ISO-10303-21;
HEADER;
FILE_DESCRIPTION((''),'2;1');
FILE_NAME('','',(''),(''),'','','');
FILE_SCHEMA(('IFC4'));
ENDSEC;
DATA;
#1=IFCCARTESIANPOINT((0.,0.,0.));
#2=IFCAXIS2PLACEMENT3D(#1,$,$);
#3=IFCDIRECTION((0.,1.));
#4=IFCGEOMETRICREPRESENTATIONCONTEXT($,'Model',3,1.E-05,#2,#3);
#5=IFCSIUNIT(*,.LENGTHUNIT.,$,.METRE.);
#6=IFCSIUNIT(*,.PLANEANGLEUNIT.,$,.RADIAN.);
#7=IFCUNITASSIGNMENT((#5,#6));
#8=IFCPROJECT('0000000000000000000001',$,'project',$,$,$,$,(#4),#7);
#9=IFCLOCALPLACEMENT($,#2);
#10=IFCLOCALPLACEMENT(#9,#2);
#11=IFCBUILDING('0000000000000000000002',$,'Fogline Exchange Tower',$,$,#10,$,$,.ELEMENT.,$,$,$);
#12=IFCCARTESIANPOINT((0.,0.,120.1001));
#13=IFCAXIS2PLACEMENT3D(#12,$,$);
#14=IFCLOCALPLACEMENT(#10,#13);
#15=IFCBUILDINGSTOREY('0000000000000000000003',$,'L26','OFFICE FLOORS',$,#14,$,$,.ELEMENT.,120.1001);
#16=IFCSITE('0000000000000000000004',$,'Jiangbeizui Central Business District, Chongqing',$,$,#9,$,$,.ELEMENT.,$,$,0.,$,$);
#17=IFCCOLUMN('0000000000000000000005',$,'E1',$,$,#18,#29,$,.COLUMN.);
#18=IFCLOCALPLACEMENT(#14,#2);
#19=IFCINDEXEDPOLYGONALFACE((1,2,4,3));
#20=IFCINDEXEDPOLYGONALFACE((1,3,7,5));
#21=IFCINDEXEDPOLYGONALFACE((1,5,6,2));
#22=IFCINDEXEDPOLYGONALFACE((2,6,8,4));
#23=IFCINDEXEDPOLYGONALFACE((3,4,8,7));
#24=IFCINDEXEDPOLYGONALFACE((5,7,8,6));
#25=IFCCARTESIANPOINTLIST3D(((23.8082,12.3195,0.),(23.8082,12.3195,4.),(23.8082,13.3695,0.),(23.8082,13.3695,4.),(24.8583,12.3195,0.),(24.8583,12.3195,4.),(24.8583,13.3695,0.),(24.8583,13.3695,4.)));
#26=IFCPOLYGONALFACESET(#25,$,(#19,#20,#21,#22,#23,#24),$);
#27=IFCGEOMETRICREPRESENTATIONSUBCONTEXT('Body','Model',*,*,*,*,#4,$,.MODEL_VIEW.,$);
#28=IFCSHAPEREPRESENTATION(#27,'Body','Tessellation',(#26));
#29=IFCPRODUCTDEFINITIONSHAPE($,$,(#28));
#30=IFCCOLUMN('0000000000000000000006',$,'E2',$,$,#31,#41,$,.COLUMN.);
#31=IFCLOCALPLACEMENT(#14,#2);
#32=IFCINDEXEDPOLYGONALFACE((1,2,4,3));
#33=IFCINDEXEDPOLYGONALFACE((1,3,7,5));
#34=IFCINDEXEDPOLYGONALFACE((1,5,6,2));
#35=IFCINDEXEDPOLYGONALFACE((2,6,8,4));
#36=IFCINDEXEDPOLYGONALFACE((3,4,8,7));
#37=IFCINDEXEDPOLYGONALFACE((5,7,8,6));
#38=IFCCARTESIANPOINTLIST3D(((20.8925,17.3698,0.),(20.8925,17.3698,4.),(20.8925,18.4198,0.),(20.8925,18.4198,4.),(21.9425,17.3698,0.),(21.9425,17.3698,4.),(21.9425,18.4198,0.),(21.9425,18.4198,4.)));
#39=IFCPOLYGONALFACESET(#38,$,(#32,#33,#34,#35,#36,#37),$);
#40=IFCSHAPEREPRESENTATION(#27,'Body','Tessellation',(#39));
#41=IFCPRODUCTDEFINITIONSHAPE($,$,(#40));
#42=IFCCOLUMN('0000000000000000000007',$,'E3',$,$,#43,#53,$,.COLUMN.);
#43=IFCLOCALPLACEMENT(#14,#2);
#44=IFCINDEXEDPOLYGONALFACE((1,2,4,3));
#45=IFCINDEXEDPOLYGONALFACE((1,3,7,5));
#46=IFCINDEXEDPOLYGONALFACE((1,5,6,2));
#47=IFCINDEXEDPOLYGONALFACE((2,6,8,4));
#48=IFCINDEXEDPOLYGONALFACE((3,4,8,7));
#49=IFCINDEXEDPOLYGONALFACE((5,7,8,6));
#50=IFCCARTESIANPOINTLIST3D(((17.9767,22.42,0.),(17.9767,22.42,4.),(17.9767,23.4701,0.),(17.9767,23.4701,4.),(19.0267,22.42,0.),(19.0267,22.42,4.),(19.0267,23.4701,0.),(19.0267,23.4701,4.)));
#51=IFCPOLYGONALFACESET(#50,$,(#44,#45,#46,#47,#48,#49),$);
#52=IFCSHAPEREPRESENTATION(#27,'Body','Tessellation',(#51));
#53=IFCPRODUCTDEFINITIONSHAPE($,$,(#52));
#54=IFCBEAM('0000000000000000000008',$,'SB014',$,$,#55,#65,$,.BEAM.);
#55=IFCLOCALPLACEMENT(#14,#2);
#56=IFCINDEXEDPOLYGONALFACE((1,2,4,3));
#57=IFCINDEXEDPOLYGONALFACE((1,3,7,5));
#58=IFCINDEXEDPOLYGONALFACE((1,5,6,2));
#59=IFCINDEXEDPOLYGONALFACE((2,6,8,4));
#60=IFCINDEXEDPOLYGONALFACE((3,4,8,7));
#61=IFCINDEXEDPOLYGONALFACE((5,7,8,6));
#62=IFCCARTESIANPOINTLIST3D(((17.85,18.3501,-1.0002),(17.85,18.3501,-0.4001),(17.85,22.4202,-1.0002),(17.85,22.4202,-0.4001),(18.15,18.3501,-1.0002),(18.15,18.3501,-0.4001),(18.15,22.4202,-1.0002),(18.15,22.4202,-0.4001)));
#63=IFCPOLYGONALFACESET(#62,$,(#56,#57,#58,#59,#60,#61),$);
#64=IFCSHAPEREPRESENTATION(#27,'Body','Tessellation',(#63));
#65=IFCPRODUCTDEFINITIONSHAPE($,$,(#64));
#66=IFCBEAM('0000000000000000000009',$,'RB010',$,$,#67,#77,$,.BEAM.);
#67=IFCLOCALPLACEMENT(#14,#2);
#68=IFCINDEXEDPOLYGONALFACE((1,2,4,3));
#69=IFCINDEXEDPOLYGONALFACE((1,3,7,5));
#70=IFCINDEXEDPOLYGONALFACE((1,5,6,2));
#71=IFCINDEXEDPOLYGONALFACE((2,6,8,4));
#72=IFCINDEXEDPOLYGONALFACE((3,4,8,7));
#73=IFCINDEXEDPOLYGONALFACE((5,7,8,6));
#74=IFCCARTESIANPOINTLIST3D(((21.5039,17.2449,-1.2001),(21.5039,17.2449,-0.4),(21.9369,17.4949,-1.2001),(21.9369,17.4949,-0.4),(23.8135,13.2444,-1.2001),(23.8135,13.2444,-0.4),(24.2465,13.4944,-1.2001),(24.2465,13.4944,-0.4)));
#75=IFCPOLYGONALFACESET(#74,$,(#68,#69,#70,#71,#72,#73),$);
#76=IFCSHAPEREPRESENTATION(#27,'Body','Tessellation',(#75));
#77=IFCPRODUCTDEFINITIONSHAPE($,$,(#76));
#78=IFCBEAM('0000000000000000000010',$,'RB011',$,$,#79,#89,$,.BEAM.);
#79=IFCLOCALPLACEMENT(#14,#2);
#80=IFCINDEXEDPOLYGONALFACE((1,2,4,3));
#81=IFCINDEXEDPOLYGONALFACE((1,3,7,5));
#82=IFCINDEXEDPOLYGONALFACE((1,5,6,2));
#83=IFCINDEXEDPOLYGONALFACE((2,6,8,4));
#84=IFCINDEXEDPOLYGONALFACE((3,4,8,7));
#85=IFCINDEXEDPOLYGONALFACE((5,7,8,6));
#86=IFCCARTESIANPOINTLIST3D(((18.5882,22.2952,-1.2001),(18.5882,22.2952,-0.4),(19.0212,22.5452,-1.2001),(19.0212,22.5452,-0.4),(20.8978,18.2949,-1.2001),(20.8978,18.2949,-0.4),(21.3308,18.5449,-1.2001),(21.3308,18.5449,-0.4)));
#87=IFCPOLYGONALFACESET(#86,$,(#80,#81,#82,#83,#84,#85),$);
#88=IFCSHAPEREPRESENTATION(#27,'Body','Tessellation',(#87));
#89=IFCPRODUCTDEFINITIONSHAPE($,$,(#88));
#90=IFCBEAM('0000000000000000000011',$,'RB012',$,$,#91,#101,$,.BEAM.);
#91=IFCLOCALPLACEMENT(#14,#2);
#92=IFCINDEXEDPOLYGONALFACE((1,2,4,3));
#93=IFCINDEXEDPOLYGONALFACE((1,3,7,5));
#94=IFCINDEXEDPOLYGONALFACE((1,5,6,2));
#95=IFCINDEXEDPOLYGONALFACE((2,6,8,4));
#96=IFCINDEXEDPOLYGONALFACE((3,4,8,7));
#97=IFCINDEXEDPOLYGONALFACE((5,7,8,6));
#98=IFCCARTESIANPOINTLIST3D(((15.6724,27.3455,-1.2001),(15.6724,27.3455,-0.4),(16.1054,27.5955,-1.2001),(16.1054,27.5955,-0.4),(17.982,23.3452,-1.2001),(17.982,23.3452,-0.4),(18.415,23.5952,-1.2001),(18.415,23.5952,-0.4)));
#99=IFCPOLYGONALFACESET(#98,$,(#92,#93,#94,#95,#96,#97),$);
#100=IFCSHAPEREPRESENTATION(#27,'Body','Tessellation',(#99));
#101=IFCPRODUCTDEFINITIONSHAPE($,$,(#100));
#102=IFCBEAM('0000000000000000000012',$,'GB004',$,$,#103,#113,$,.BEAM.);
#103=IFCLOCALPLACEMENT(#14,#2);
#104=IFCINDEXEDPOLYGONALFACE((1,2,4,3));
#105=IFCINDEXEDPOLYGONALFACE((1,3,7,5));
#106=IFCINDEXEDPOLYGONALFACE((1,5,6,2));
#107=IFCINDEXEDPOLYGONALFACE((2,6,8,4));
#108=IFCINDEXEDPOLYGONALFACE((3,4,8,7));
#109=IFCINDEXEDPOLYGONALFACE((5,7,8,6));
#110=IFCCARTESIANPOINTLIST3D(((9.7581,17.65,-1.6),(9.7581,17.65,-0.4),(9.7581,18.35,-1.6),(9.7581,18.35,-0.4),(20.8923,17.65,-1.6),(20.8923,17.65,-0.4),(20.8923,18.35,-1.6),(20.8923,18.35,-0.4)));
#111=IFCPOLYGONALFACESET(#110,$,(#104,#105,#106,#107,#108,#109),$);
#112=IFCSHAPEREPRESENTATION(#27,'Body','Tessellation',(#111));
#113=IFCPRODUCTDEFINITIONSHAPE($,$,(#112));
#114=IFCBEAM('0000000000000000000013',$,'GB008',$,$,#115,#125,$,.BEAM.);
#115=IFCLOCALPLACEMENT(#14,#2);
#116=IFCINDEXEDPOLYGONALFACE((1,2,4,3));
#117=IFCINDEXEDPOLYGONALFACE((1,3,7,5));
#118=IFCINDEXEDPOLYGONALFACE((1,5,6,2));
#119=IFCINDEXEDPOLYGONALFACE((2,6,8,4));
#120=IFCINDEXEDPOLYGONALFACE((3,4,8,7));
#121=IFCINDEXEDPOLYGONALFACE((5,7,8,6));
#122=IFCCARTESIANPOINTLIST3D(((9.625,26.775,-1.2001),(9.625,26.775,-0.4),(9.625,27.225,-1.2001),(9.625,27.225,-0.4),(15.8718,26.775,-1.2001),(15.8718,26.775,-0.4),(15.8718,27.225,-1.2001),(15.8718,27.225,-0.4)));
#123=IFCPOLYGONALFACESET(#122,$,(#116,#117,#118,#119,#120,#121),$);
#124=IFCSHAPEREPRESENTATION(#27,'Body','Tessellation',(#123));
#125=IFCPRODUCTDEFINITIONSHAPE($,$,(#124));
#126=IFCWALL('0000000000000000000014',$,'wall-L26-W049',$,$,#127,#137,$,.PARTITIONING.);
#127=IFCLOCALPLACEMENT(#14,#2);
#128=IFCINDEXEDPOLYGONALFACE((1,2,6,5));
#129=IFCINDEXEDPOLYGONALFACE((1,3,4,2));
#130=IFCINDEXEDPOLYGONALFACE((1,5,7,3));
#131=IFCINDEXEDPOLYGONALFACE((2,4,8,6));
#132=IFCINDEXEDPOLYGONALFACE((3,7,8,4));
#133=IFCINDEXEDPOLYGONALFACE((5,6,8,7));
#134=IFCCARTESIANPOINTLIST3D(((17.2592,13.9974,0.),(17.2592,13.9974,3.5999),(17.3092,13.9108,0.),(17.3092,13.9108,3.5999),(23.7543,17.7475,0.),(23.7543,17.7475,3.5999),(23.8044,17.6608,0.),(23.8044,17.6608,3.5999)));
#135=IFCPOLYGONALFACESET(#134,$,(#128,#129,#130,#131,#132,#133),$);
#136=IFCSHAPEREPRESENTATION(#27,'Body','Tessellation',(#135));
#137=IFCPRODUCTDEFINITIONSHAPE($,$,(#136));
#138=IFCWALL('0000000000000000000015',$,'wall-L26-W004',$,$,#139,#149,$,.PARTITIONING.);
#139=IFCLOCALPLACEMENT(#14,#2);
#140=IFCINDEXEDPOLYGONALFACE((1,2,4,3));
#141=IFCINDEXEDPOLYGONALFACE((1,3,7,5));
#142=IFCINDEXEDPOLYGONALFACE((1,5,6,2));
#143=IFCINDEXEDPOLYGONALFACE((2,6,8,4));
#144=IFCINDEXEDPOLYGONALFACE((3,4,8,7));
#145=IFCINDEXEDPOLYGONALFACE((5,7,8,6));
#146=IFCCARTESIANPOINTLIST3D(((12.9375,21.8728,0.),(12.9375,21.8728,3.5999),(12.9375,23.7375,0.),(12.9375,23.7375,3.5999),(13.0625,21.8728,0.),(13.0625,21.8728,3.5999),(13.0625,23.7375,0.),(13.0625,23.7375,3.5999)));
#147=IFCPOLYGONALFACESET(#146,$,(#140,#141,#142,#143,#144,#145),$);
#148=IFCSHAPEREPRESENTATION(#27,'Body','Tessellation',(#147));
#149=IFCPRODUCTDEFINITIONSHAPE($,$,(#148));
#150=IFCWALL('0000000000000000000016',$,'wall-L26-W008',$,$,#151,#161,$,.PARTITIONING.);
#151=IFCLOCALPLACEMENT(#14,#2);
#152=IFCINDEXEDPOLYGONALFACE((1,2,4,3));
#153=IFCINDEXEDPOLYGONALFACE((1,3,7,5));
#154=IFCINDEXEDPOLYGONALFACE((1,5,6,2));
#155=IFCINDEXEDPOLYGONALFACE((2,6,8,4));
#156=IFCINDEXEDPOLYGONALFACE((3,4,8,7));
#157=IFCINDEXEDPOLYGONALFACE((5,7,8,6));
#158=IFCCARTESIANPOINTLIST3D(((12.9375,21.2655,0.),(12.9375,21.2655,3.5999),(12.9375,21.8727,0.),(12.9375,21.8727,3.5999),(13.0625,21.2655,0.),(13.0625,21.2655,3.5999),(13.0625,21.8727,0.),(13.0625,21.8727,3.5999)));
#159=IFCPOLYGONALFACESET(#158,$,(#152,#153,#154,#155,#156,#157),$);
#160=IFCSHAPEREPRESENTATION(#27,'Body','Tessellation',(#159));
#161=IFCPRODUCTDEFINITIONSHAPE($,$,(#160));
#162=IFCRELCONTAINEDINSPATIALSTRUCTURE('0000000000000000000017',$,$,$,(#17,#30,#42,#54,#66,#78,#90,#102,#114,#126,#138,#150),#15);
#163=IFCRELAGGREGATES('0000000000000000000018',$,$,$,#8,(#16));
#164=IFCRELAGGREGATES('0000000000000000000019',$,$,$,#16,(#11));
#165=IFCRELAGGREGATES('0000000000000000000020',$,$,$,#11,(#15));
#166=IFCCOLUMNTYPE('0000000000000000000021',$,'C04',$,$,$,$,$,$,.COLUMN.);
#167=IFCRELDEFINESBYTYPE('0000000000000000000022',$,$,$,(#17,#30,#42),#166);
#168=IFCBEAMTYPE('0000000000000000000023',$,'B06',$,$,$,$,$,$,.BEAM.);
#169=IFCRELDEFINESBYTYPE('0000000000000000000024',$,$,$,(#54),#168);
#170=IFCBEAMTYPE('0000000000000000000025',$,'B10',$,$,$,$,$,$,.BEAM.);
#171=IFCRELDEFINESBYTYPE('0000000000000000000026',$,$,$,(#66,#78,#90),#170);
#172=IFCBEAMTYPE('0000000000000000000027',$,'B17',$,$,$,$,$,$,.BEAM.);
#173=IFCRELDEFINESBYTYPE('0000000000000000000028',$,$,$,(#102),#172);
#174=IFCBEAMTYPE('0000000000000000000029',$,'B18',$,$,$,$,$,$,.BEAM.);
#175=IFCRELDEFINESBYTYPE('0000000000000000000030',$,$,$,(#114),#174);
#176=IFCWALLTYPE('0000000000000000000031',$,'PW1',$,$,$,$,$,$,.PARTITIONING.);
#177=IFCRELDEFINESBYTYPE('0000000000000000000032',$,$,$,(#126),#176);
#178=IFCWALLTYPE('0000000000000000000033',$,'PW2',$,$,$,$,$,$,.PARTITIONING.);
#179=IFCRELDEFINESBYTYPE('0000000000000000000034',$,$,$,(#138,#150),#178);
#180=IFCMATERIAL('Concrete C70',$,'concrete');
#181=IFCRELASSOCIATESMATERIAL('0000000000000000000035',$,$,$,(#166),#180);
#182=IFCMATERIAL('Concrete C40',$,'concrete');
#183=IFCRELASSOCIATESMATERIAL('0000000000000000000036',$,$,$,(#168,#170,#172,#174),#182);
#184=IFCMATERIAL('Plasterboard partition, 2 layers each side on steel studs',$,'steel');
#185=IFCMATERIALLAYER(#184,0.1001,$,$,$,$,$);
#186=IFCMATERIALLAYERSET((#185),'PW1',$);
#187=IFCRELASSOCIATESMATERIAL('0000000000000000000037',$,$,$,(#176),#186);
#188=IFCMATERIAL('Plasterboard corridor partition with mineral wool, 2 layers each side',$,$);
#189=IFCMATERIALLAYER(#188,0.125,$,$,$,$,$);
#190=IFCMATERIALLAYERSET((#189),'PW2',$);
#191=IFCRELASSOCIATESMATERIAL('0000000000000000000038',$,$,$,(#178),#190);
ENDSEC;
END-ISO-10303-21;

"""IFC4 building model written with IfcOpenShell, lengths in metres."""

from ifc_helpers import new_model, si_unit, direction, frame, frame_2d, origin, origin_2d, place, context, subcontext, project, spatial, rectangle, extrude, material, layer, layer_set, material_profile, profile_set, type_object, element, save


model = new_model("IFC4")

# Units and contexts
model_context = context("Model", 3, precision=1e-05, world=origin(), true_north=direction((0.0, 1.0)))
body_context = subcontext(model_context, "Body", "Model", "MODEL_VIEW")
ifc_project = project(units=[si_unit("LENGTHUNIT", "METRE"), si_unit("PLANEANGLEUNIT", "RADIAN")], contexts=[model_context])

# Site, building, storey
site_placement = place(None, origin())
site = spatial("IfcSite", under=ifc_project, at=site_placement, Name="Jiangbeizui Central Business District, Chongqing", CompositionType="ELEMENT", RefElevation=0.0)
building_placement = place(site_placement, origin())
building = spatial("IfcBuilding", under=site, at=building_placement, Name="Fogline Exchange Tower", CompositionType="ELEMENT")
storey_placement = place(building_placement, frame((0.0, 0.0, 120.1001)))
storey = spatial("IfcBuildingStorey", under=building, at=storey_placement, Name="L26", Description="OFFICE FLOORS", CompositionType="ELEMENT", Elevation=120.1001)

# Columns
ifc_material_1 = material(Name="Concrete C70", Category="concrete")
ifc_material_profile_1 = material_profile(ifc_material_1, rectangle(XDim=1.05, YDim=1.05, at=origin_2d()), Name="RC 1050x1050")
ifc_profile_set_1 = profile_set([ifc_material_profile_1], Name="Concrete C70")
column_type = type_object("IfcColumnType", Name="C04", PredefinedType="COLUMN", material=ifc_profile_set_1)
for number, where, z_axis, x_axis, name in (
    (1, (24.3333, 12.8445, 0.0), (0.0, 0.0, 1.0), (1.0, 0.0, 0.0), "E1"),
    (2, (21.4175, 17.8948, 0.0), (0.0, 0.0, 1.0), (1.0, 0.0, 0.0), "E2"),
    (3, (18.5017, 22.9451, 0.0), (0.0, 0.0, 1.0), (1.0, 0.0, 0.0), "E3"),
):
    element("IfcColumn", number, at=place(storey_placement, frame(where, z_axis=z_axis, x_axis=x_axis)), inside=storey, type_object=column_type, Name=name, PredefinedType="COLUMN", context=body_context, shape_type="SweptSolid", body=[
        extrude(rectangle(XDim=1.05, YDim=1.05, at=origin_2d()), origin(), (0.0, 0.0, 1.0), 4.0),
    ])

# Beams
ifc_material_2 = material(Name="Concrete C40", Category="concrete")
ifc_material_profile_2 = material_profile(ifc_material_2, rectangle(XDim=0.3, YDim=0.6001, at=origin_2d()), Name="RC 300x600")
ifc_profile_set_2 = profile_set([ifc_material_profile_2], Name="Concrete C40")
beam_type_1 = type_object("IfcBeamType", Name="B06", PredefinedType="BEAM", material=ifc_profile_set_2)
beam_1_placement = place(storey_placement, frame((18.0, 18.3501, -0.7002), z_axis=(0.0, 1.0, 0.0), x_axis=(-1.0, 0.0, 0.0)))
element("IfcBeam", 4, at=beam_1_placement, inside=storey, type_object=beam_type_1, Name="SB014", PredefinedType="BEAM", context=body_context, shape_type="SweptSolid", body=[
    extrude(rectangle(XDim=0.3, YDim=0.6001, at=origin_2d()), origin(), (0.0, 0.0, 1.0), 4.0701),
])
ifc_material_profile_3 = material_profile(ifc_material_2, rectangle(XDim=0.5, YDim=0.8, at=origin_2d()), Name="RC 500x800")
ifc_profile_set_3 = profile_set([ifc_material_profile_3], Name="Concrete C40")
beam_type_2 = type_object("IfcBeamType", Name="B10", PredefinedType="BEAM", material=ifc_profile_set_3)
beam_2_placement = place(storey_placement, frame((24.03, 13.3694, -0.8), z_axis=(-0.499982, 0.866036, 0.0), x_axis=(-0.866036, -0.499982, 0.0)))
element("IfcBeam", 5, at=beam_2_placement, inside=storey, type_object=beam_type_2, Name="RB010", PredefinedType="BEAM", context=body_context, shape_type="SweptSolid", body=[
    extrude(rectangle(XDim=0.5, YDim=0.8, at=origin_2d()), origin(), (0.0, 0.0, 1.0), 4.6194),
])
for number, where, z_axis, x_axis, name in (
    (6, (21.1143, 18.4199, -0.8), (-0.500005, 0.866023, 0.0), (-0.866023, -0.500005, 0.0), "RB011"),
    (7, (18.1985, 23.4702, -0.8), (-0.500005, 0.866023, 0.0), (-0.866023, -0.500005, 0.0), "RB012"),
):
    element("IfcBeam", number, at=place(storey_placement, frame(where, z_axis=z_axis, x_axis=x_axis)), inside=storey, type_object=beam_type_2, Name=name, PredefinedType="BEAM", context=body_context, shape_type="SweptSolid", body=[
        extrude(rectangle(XDim=0.5, YDim=0.8, at=origin_2d()), origin(), (0.0, 0.0, 1.0), 4.6191),
    ])
ifc_material_profile_4 = material_profile(ifc_material_2, rectangle(XDim=0.7, YDim=1.2, at=origin_2d()), Name="RC 700x1200")
ifc_profile_set_4 = profile_set([ifc_material_profile_4], Name="Concrete C40")
beam_type_3 = type_object("IfcBeamType", Name="B17", PredefinedType="BEAM", material=ifc_profile_set_4)
beam_3_placement = place(storey_placement, frame((9.7581, 18.0, -1.0), z_axis=(1.0, 0.0, 0.0), x_axis=(0.0, 1.0, 0.0)))
element("IfcBeam", 8, at=beam_3_placement, inside=storey, type_object=beam_type_3, Name="GB004", PredefinedType="BEAM", context=body_context, shape_type="SweptSolid", body=[
    extrude(rectangle(XDim=0.7, YDim=1.2, at=origin_2d()), origin(), (0.0, 0.0, 1.0), 11.1343),
])
ifc_material_profile_5 = material_profile(ifc_material_2, rectangle(XDim=0.45, YDim=0.8, at=origin_2d()), Name="RC 450x800")
ifc_profile_set_5 = profile_set([ifc_material_profile_5], Name="Concrete C40")
beam_type_4 = type_object("IfcBeamType", Name="B18", PredefinedType="BEAM", material=ifc_profile_set_5)
beam_4_placement = place(storey_placement, frame((9.625, 27.0, -0.8), z_axis=(1.0, 0.0, 0.0), x_axis=(0.0, 1.0, 0.0)))
element("IfcBeam", 9, at=beam_4_placement, inside=storey, type_object=beam_type_4, Name="GB008", PredefinedType="BEAM", context=body_context, shape_type="SweptSolid", body=[
    extrude(rectangle(XDim=0.45, YDim=0.8, at=origin_2d()), origin(), (0.0, 0.0, 1.0), 6.2468),
])

# Walls
ifc_material_3 = material(Name="Plasterboard partition, 2 layers each side on steel studs", Category="steel")
ifc_layer_1 = layer(ifc_material_3, 0.1001)
ifc_layer_set_1 = layer_set([ifc_layer_1], Name="PW1")
wall_type_1 = type_object("IfcWallType", Name="PW1", PredefinedType="PARTITIONING", material=ifc_layer_set_1)
wall_1_placement = place(storey_placement, frame((17.2842, 13.9541, 0.0), z_axis=(0.0, 0.0, 1.0), x_axis=(0.866023, 0.500004, 0.0)))
element("IfcWall", 10, at=wall_1_placement, inside=storey, type_object=wall_type_1, Name="wall-L26-W049", PredefinedType="PARTITIONING", context=body_context, shape_type="SweptSolid", body=[
    extrude(rectangle(XDim=7.5, YDim=0.1001, at=frame_2d((3.75, 0.0))), origin(), (0.0, 0.0, 1.0), 3.5999),
])
ifc_material_4 = material(Name="Plasterboard corridor partition with mineral wool, 2 layers each side")
ifc_layer_2 = layer(ifc_material_4, 0.125)
ifc_layer_set_2 = layer_set([ifc_layer_2], Name="PW2")
wall_type_2 = type_object("IfcWallType", Name="PW2", PredefinedType="PARTITIONING", material=ifc_layer_set_2)
wall_2_placement = place(storey_placement, frame((13.0, 23.7375, 0.0), z_axis=(0.0, 0.0, 1.0), x_axis=(0.0, -1.0, 0.0)))
element("IfcWall", 11, at=wall_2_placement, inside=storey, type_object=wall_type_2, Name="wall-L26-W004", PredefinedType="PARTITIONING", context=body_context, shape_type="SweptSolid", body=[
    extrude(rectangle(XDim=1.8647, YDim=0.125, at=frame_2d((0.9324, 0.0))), origin(), (0.0, 0.0, 1.0), 3.5999),
])
wall_3_placement = place(storey_placement, frame((13.0, 21.8728, 0.0), z_axis=(0.0, 0.0, 1.0), x_axis=(0.0, -1.0, 0.0)))
element("IfcWall", 12, at=wall_3_placement, inside=storey, type_object=wall_type_2, Name="wall-L26-W008", PredefinedType="PARTITIONING", context=body_context, shape_type="SweptSolid", body=[
    extrude(rectangle(XDim=0.6072, YDim=0.125, at=frame_2d((0.3037, 0.0))), origin(), (0.0, 0.0, 1.0), 3.5999),
])

save(model, "model.ifc")
